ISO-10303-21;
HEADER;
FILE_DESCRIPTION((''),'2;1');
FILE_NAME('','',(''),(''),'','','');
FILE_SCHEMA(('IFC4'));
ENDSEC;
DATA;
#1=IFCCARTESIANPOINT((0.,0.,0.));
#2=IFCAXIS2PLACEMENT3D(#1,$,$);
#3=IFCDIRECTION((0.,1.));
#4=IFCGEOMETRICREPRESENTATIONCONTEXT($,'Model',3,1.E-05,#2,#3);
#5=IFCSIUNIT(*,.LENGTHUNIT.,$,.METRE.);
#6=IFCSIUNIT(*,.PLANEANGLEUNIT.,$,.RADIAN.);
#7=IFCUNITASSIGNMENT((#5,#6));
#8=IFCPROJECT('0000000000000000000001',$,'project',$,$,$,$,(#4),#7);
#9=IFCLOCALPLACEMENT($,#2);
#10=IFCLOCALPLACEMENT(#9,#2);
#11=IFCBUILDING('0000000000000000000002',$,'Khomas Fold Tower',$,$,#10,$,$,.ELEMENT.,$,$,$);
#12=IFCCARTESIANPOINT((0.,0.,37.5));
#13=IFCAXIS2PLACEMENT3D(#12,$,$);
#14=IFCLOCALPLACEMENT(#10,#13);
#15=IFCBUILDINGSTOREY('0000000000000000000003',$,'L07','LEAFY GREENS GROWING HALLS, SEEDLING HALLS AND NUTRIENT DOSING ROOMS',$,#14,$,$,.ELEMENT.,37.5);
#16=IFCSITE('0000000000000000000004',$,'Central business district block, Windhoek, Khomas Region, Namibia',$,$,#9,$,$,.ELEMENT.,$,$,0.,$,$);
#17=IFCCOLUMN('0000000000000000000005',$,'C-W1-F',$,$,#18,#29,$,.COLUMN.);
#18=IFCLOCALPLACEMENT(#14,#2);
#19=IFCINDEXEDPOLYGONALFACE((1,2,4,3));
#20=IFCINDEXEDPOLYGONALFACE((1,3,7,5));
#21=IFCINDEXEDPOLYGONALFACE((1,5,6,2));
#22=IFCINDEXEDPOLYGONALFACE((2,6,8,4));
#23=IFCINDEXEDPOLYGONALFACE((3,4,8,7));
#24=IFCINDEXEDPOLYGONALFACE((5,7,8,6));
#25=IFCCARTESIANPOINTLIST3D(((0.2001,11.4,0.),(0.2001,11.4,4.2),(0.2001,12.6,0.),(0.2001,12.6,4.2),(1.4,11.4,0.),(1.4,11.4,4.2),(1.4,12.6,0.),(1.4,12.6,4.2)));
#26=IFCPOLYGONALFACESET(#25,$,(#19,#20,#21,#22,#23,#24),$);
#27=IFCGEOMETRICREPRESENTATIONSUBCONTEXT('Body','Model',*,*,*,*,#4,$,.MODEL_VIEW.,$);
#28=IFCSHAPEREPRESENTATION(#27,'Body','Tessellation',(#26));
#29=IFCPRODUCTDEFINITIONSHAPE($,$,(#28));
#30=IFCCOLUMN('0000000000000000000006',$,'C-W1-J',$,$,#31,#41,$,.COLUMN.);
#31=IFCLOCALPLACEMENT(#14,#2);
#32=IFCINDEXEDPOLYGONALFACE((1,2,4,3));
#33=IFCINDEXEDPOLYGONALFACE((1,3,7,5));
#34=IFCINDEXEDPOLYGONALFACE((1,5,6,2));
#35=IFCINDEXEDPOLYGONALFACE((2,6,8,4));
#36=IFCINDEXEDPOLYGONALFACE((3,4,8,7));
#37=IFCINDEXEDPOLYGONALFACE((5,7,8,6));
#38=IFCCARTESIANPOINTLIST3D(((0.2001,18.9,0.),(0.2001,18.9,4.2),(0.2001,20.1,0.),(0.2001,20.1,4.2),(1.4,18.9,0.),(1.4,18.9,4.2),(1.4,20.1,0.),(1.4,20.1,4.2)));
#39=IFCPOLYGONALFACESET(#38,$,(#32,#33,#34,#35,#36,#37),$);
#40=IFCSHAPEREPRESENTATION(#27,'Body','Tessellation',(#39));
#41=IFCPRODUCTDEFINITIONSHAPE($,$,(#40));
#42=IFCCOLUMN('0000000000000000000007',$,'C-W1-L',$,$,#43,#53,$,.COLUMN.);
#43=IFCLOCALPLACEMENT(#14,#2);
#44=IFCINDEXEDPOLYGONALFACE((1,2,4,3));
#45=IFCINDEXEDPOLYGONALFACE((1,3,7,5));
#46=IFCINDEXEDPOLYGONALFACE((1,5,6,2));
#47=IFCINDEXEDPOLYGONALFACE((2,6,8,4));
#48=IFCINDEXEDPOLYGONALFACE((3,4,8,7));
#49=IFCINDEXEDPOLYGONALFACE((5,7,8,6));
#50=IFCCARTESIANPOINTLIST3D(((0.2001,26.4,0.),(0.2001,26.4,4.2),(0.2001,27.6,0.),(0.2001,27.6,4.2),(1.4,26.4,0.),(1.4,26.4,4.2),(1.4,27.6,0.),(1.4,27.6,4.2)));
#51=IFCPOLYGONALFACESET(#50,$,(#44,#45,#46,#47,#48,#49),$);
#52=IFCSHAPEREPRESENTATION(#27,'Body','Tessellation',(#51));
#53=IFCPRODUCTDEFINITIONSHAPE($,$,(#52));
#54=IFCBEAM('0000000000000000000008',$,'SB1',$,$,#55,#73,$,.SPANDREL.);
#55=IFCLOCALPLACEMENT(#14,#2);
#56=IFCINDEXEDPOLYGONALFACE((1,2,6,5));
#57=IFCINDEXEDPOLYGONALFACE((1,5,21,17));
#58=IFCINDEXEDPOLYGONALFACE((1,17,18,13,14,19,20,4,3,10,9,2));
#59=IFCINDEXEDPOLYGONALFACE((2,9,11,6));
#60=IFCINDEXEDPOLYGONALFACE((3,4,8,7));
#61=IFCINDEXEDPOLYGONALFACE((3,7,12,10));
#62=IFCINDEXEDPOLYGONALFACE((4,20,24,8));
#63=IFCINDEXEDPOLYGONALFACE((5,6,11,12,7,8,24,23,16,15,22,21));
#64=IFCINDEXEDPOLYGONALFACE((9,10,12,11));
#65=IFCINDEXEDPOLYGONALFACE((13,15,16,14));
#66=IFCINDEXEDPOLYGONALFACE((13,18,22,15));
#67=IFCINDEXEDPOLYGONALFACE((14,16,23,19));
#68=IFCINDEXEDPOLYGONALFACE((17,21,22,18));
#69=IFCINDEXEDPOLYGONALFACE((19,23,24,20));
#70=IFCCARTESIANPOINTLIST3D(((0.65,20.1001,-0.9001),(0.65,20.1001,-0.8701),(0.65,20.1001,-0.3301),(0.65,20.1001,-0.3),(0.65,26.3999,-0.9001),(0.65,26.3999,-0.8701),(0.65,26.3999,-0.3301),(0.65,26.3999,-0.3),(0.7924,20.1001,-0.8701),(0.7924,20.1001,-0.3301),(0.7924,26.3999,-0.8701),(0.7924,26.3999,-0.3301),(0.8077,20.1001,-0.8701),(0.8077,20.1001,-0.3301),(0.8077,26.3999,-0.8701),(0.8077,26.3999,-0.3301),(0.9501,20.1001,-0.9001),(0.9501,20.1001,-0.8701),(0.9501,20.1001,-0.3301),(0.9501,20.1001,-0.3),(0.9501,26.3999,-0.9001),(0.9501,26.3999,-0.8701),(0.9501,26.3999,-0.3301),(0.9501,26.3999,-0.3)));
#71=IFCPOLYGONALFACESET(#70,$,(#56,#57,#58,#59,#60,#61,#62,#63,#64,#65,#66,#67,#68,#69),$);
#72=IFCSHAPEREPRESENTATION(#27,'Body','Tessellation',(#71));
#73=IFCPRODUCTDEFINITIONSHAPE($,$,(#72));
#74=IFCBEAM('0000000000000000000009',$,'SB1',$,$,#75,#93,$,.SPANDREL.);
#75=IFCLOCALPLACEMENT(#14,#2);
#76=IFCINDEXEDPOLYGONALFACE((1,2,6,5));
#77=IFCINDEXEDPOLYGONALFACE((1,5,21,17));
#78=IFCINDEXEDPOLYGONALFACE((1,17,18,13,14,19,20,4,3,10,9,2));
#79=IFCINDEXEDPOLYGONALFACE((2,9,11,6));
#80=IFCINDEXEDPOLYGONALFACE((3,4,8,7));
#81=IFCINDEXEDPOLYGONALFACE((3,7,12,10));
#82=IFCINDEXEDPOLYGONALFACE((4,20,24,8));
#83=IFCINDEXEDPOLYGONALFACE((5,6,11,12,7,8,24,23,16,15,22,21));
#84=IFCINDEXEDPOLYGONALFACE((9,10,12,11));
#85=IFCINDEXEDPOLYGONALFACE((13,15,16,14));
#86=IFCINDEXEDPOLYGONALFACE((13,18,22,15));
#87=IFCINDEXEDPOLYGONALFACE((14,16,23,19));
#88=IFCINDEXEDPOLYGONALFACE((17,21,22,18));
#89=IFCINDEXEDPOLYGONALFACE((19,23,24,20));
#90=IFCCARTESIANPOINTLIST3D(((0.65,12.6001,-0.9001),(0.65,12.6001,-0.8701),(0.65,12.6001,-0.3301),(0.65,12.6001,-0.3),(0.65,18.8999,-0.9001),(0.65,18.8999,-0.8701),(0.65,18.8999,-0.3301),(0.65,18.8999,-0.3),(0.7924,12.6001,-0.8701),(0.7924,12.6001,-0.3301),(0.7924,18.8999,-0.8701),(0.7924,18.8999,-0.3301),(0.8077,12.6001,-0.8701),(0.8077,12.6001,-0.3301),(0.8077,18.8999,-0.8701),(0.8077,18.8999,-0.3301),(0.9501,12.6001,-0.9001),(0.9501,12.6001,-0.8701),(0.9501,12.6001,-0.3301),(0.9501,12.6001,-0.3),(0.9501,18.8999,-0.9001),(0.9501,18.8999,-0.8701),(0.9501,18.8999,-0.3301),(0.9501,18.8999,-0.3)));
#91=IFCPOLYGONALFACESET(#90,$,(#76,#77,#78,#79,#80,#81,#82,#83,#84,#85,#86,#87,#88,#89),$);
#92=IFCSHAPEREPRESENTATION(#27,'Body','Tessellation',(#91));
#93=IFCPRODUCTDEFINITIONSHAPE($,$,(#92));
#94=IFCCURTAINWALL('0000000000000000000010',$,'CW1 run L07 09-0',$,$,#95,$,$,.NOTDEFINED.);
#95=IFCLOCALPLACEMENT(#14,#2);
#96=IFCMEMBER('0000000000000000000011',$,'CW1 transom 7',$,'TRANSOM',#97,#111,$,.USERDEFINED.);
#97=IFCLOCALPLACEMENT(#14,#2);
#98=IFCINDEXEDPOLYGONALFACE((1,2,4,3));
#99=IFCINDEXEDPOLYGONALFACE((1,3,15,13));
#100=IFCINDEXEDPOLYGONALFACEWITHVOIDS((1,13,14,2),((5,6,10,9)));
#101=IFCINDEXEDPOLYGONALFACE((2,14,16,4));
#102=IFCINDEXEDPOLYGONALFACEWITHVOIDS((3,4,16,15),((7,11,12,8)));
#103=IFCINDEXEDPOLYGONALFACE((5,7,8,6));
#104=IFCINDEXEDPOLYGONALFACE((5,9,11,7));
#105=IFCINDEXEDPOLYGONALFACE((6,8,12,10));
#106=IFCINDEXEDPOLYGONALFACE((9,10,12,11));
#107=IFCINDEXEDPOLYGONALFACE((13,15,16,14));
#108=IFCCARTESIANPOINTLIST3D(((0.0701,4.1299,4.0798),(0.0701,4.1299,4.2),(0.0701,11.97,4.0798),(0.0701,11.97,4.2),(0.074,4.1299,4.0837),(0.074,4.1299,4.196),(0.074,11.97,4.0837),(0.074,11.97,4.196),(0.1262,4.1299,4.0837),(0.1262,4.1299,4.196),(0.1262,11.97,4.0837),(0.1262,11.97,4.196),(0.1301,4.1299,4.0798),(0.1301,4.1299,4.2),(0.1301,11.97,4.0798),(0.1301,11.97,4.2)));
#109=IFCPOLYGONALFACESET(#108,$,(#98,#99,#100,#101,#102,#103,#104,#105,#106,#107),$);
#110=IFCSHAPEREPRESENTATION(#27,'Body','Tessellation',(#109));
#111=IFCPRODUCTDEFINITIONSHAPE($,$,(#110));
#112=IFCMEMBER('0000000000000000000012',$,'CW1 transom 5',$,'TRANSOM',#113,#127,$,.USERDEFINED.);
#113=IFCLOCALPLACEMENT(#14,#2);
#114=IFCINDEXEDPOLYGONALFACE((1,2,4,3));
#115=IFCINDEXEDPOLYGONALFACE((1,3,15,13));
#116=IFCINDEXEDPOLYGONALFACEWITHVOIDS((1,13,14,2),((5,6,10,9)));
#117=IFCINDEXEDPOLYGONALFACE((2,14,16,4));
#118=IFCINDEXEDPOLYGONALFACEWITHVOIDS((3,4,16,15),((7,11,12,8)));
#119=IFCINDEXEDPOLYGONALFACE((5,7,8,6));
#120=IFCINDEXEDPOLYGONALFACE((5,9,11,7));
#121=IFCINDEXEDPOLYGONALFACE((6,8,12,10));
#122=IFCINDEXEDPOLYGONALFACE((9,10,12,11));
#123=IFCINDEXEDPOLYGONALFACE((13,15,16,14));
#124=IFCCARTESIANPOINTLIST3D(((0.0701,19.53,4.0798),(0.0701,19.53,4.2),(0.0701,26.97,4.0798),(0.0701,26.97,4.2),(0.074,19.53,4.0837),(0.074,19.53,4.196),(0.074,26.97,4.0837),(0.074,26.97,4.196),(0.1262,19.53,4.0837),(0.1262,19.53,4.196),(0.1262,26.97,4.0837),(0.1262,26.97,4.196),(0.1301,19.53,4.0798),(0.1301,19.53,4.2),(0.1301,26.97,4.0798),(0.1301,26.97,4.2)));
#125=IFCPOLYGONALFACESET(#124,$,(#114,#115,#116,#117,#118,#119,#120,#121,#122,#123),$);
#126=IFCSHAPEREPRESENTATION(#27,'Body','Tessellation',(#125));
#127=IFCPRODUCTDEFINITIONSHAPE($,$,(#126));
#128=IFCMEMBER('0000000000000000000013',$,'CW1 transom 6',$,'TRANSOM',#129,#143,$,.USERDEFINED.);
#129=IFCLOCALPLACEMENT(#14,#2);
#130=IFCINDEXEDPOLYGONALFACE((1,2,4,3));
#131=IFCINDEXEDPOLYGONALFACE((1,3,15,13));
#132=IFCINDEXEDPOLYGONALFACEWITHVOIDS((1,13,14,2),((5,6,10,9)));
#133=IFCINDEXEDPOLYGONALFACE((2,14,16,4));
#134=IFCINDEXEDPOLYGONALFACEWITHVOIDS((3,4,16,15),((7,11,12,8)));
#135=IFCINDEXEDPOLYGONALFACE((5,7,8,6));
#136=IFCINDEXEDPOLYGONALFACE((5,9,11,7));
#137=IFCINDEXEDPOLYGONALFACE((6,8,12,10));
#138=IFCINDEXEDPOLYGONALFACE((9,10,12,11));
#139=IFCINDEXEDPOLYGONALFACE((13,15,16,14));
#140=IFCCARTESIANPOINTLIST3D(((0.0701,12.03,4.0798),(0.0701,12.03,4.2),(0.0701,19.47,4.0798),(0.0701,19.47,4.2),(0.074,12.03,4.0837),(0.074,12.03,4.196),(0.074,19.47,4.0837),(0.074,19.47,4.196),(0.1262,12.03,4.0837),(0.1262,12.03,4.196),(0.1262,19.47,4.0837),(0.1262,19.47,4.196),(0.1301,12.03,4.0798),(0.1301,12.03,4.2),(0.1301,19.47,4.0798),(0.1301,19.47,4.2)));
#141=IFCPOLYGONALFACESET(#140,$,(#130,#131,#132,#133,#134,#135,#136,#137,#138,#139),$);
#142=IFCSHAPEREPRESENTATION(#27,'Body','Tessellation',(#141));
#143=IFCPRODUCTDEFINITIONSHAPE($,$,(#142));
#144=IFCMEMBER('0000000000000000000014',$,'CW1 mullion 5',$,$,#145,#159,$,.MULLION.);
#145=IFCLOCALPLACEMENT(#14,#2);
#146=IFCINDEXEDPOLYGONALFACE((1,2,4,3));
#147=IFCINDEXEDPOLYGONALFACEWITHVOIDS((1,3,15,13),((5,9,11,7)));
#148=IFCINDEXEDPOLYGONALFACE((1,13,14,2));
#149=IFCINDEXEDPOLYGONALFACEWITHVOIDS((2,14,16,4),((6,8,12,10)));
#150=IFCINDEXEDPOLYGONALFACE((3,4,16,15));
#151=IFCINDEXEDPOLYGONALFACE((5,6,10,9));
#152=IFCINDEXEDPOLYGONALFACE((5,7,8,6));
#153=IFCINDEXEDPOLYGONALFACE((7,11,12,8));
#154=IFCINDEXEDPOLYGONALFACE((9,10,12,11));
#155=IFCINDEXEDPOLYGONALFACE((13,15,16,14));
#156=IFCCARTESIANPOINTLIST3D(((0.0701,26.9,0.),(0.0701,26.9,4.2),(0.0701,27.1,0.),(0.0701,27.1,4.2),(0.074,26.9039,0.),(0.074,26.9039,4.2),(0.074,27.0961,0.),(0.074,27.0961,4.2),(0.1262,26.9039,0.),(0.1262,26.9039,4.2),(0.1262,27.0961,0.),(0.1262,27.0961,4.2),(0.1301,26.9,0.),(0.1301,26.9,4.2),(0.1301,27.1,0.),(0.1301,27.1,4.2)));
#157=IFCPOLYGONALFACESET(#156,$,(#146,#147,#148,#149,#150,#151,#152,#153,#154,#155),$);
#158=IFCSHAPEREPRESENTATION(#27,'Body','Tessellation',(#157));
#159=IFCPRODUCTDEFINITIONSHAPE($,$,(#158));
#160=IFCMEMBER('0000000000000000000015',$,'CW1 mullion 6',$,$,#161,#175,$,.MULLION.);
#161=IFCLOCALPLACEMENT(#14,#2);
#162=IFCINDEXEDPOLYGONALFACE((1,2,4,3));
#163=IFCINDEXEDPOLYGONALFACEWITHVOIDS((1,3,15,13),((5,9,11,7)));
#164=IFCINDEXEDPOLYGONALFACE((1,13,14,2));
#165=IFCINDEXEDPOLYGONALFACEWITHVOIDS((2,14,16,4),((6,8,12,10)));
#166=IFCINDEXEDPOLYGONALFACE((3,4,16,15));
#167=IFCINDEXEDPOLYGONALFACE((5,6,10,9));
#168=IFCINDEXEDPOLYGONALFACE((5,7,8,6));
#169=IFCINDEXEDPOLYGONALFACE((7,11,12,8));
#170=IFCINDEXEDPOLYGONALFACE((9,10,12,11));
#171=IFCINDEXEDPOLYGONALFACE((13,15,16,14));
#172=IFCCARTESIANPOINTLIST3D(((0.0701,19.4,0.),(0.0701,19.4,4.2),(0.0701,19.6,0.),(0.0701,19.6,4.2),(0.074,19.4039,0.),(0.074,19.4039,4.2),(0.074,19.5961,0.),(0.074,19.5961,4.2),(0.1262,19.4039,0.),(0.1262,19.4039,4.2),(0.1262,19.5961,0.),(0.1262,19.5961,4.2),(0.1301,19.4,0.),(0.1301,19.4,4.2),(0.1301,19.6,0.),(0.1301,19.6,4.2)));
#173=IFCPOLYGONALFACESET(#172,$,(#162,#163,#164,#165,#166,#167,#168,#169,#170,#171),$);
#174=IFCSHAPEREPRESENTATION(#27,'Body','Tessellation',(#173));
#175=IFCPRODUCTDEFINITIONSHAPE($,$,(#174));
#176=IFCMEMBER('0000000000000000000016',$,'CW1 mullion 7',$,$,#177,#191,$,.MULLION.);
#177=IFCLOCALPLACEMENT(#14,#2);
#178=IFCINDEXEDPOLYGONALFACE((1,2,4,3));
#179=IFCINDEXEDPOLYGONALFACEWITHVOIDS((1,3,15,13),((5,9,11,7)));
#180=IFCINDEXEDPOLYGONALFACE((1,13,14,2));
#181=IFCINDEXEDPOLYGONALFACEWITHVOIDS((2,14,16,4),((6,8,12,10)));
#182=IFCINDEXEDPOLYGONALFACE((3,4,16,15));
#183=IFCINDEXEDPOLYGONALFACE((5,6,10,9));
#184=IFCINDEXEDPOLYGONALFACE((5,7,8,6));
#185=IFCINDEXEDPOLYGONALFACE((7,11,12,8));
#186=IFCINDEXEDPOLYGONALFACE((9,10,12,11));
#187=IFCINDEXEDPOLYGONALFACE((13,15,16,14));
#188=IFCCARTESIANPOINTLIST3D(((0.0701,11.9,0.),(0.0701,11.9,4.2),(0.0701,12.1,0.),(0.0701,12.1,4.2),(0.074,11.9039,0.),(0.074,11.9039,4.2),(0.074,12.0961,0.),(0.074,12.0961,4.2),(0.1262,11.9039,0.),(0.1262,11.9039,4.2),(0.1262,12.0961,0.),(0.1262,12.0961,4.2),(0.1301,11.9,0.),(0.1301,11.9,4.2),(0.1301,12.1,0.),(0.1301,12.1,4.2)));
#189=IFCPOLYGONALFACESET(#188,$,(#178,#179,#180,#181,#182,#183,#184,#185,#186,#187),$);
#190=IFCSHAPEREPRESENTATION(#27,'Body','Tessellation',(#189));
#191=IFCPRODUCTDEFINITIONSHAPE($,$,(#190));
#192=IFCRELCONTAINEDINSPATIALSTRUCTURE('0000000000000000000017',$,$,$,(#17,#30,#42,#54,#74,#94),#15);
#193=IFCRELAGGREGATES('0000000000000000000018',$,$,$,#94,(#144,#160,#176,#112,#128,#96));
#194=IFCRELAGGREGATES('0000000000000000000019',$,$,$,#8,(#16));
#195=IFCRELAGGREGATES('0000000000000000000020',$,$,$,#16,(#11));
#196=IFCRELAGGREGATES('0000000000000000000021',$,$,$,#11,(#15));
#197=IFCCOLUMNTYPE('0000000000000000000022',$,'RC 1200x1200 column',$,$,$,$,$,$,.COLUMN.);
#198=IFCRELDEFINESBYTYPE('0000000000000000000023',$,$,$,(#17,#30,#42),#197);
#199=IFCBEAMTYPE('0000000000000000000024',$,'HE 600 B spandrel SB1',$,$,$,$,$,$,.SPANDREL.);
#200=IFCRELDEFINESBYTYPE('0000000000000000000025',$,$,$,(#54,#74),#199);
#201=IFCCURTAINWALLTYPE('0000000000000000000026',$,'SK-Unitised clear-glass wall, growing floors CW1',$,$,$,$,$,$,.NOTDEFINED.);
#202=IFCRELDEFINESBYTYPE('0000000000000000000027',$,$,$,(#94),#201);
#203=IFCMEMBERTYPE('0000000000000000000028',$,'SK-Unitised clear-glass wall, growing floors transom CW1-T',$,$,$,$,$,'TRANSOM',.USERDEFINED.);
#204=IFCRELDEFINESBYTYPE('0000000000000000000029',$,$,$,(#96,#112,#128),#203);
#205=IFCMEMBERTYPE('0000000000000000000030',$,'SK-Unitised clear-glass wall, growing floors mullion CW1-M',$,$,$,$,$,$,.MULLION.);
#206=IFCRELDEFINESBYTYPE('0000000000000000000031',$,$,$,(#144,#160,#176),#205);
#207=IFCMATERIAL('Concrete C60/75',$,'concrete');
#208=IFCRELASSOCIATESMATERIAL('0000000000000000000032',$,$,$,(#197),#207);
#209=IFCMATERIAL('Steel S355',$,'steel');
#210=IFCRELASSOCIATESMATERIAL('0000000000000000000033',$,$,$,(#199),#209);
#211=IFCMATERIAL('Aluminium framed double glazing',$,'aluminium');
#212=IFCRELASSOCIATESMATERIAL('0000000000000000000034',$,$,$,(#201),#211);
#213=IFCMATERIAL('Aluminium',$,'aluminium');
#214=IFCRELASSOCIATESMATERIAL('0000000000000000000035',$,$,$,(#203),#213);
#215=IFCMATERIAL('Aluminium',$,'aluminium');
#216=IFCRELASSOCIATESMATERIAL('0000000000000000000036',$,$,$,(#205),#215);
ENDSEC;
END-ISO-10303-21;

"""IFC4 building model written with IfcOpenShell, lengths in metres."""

from ifc_helpers import new_model, si_unit, direction, frame, origin, origin_2d, place, context, subcontext, project, spatial, rectangle, hollow_rectangle, i_section, extrude, source, transform, mapped, material, material_profile, profile_set, type_object, element, aggregate, save


model = new_model("IFC4")

# Units and contexts
model_context = context("Model", 3, precision=1e-05, world=origin(), true_north=direction((0.0, 1.0)))
body_context = subcontext(model_context, "Body", "Model", "MODEL_VIEW")
ifc_project = project(units=[si_unit("LENGTHUNIT", "METRE"), si_unit("PLANEANGLEUNIT", "RADIAN")], contexts=[model_context])

# Site, building, storey
site_placement = place(None, origin())
site = spatial("IfcSite", under=ifc_project, at=site_placement, Name="Central business district block, Windhoek, Khomas Region, Namibia", CompositionType="ELEMENT", RefElevation=0.0)
building_placement = place(site_placement, origin())
building = spatial("IfcBuilding", under=site, at=building_placement, Name="Khomas Fold Tower", CompositionType="ELEMENT")
storey_placement = place(building_placement, frame((0.0, 0.0, 37.5)))
storey = spatial("IfcBuildingStorey", under=building, at=storey_placement, Name="L07", Description="LEAFY GREENS GROWING HALLS, SEEDLING HALLS AND NUTRIENT DOSING ROOMS", CompositionType="ELEMENT", Elevation=37.5)

# Columns
ifc_material_1 = material(Name="Concrete C60/75", Category="concrete")
ifc_material_profile_1 = material_profile(ifc_material_1, rectangle(XDim=1.2, YDim=1.2, at=origin_2d()), Name="RC 1200x1200")
ifc_profile_set_1 = profile_set([ifc_material_profile_1], Name="Concrete C60/75")
column_type = type_object("IfcColumnType", Name="RC 1200x1200 column", PredefinedType="COLUMN", material=ifc_profile_set_1)
shared_shape_1 = source(origin(), body_context, "Body", "SweptSolid", [
    extrude(rectangle(XDim=1.2, YDim=1.2, at=origin_2d()), origin(), (0.0, 0.0, 1.0), 4.2),
])
for number, where, z_axis, x_axis, name in (
    (1, (0.8, 12.0, 0.0), (0.0, 0.0, 1.0), (1.0, 0.0, 0.0), "C-W1-F"),
    (2, (0.8, 19.5, 0.0), (0.0, 0.0, 1.0), (1.0, 0.0, 0.0), "C-W1-J"),
    (3, (0.8, 27.0, 0.0), (0.0, 0.0, 1.0), (1.0, 0.0, 0.0), "C-W1-L"),
):
    element("IfcColumn", number, at=place(storey_placement, frame(where, z_axis=z_axis, x_axis=x_axis)), inside=storey, type_object=column_type, Name=name, PredefinedType="COLUMN", context=body_context, shape_type="MappedRepresentation", body=[
        mapped(shared_shape_1, transform((0.0, 0.0, 0.0))),
    ])

# Beams
ifc_material_2 = material(Name="Steel S355", Category="steel")
ifc_material_profile_2 = material_profile(ifc_material_2, i_section(OverallWidth=0.3, OverallDepth=0.6001, WebThickness=0.0154, FlangeThickness=0.03, at=origin_2d()), Name="HE 600 B")
ifc_profile_set_2 = profile_set([ifc_material_profile_2], Name="Steel S355")
beam_type = type_object("IfcBeamType", Name="HE 600 B spandrel SB1", PredefinedType="SPANDREL", material=ifc_profile_set_2)
shared_shape_2 = source(origin(), body_context, "Body", "SweptSolid", [
    extrude(i_section(OverallWidth=0.3, OverallDepth=0.6001, WebThickness=0.0154, FlangeThickness=0.03, at=origin_2d()), origin(), (0.0, 0.0, 1.0), 6.2998),
])
for number, where, z_axis, x_axis, name in (
    (4, (0.8, 20.1001, -0.6001), (0.0, 1.0, 0.0), (-1.0, 0.0, 0.0), "SB1"),
    (5, (0.8, 12.6001, -0.6001), (0.0, 1.0, 0.0), (-1.0, 0.0, 0.0), "SB1"),
):
    element("IfcBeam", number, at=place(storey_placement, frame(where, z_axis=z_axis, x_axis=x_axis)), inside=storey, type_object=beam_type, Name=name, PredefinedType="SPANDREL", context=body_context, shape_type="MappedRepresentation", body=[
        mapped(shared_shape_2, transform((0.0, 0.0, 0.0))),
    ])

# Curtain wall, members
ifc_material_3 = material(Name="Aluminium framed double glazing", Category="aluminium")
curtain_wall_type = type_object("IfcCurtainWallType", Name="SK-Unitised clear-glass wall, growing floors CW1", PredefinedType="NOTDEFINED", material=ifc_material_3)
curtain_wall_placement = place(storey_placement, origin())
curtain_wall = element("IfcCurtainWall", 6, at=curtain_wall_placement, inside=storey, type_object=curtain_wall_type, Name="CW1 run L07 09-0", PredefinedType="NOTDEFINED")
ifc_material_4 = material(Name="Aluminium", Category="aluminium")
ifc_material_profile_3 = material_profile(ifc_material_4, hollow_rectangle(XDim=0.0601, YDim=0.1201, WallThickness=0.0039, at=origin_2d()), Name="SK-Unitised clear-glass wall, growing floors transom CW1-T")
ifc_profile_set_3 = profile_set([ifc_material_profile_3], Name="Aluminium")
member_type_1 = type_object("IfcMemberType", Name="SK-Unitised clear-glass wall, growing floors transom CW1-T", ElementType="TRANSOM", PredefinedType="USERDEFINED", material=ifc_profile_set_3)
shared_shape_3 = source(origin(), body_context, "Body", "SweptSolid", [
    extrude(hollow_rectangle(XDim=0.0601, YDim=0.1201, WallThickness=0.0039, at=origin_2d()), origin(), (0.0, 0.0, 1.0), 7.8401),
])
member_1_placement = place(storey_placement, frame((0.1001, 11.97, 4.1399), z_axis=(0.0, -1.0, 0.0), x_axis=(1.0, 0.0, 0.0)))
member_1 = element("IfcMember", 7, at=member_1_placement, type_object=member_type_1, Name="CW1 transom 7", ObjectType="TRANSOM", PredefinedType="USERDEFINED", context=body_context, shape_type="MappedRepresentation", body=[
    mapped(shared_shape_3, transform((0.0, 0.0, 0.0))),
])
shared_shape_4 = source(origin(), body_context, "Body", "SweptSolid", [
    extrude(hollow_rectangle(XDim=0.0601, YDim=0.1201, WallThickness=0.0039, at=origin_2d()), origin(), (0.0, 0.0, 1.0), 7.4399),
])
member_2_placement = place(storey_placement, frame((0.1001, 26.97, 4.1399), z_axis=(0.0, -1.0, 0.0), x_axis=(1.0, 0.0, 0.0)))
member_2 = element("IfcMember", 8, at=member_2_placement, type_object=member_type_1, Name="CW1 transom 5", ObjectType="TRANSOM", PredefinedType="USERDEFINED", context=body_context, shape_type="MappedRepresentation", body=[
    mapped(shared_shape_4, transform((0.0, 0.0, 0.0))),
])
member_3_placement = place(storey_placement, frame((0.1001, 19.47, 4.1399), z_axis=(0.0, -1.0, 0.0), x_axis=(1.0, 0.0, 0.0)))
member_3 = element("IfcMember", 9, at=member_3_placement, type_object=member_type_1, Name="CW1 transom 6", ObjectType="TRANSOM", PredefinedType="USERDEFINED", context=body_context, shape_type="MappedRepresentation", body=[
    mapped(shared_shape_4, transform((0.0, 0.0, 0.0))),
])
ifc_material_5 = material(Name="Aluminium", Category="aluminium")
ifc_material_profile_4 = material_profile(ifc_material_5, hollow_rectangle(XDim=0.0601, YDim=0.2, WallThickness=0.0039, at=origin_2d()), Name="SK-Unitised clear-glass wall, growing floors mullion CW1-M")
ifc_profile_set_4 = profile_set([ifc_material_profile_4], Name="Aluminium")
member_type_2 = type_object("IfcMemberType", Name="SK-Unitised clear-glass wall, growing floors mullion CW1-M", PredefinedType="MULLION", material=ifc_profile_set_4)
shared_shape_5 = source(origin(), body_context, "Body", "SweptSolid", [
    extrude(hollow_rectangle(XDim=0.0601, YDim=0.2, WallThickness=0.0039, at=origin_2d()), origin(), (0.0, 0.0, 1.0), 4.2),
])
member_4_placement = place(storey_placement, frame((0.1001, 27.0, 0.0), z_axis=(0.0, 0.0, 1.0), x_axis=(1.0, 0.0, 0.0)))
member_4 = element("IfcMember", 10, at=member_4_placement, type_object=member_type_2, Name="CW1 mullion 5", PredefinedType="MULLION", context=body_context, shape_type="MappedRepresentation", body=[
    mapped(shared_shape_5, transform((0.0, 0.0, 0.0))),
])
member_5_placement = place(storey_placement, frame((0.1001, 19.5, 0.0), z_axis=(0.0, 0.0, 1.0), x_axis=(1.0, 0.0, 0.0)))
member_5 = element("IfcMember", 11, at=member_5_placement, type_object=member_type_2, Name="CW1 mullion 6", PredefinedType="MULLION", context=body_context, shape_type="MappedRepresentation", body=[
    mapped(shared_shape_5, transform((0.0, 0.0, 0.0))),
])
member_6_placement = place(storey_placement, frame((0.1001, 12.0, 0.0), z_axis=(0.0, 0.0, 1.0), x_axis=(1.0, 0.0, 0.0)))
member_6 = element("IfcMember", 12, at=member_6_placement, type_object=member_type_2, Name="CW1 mullion 7", PredefinedType="MULLION", context=body_context, shape_type="MappedRepresentation", body=[
    mapped(shared_shape_5, transform((0.0, 0.0, 0.0))),
])
aggregate(curtain_wall, [member_4, member_5, member_6, member_2, member_3, member_1])

save(model, "model.ifc")
